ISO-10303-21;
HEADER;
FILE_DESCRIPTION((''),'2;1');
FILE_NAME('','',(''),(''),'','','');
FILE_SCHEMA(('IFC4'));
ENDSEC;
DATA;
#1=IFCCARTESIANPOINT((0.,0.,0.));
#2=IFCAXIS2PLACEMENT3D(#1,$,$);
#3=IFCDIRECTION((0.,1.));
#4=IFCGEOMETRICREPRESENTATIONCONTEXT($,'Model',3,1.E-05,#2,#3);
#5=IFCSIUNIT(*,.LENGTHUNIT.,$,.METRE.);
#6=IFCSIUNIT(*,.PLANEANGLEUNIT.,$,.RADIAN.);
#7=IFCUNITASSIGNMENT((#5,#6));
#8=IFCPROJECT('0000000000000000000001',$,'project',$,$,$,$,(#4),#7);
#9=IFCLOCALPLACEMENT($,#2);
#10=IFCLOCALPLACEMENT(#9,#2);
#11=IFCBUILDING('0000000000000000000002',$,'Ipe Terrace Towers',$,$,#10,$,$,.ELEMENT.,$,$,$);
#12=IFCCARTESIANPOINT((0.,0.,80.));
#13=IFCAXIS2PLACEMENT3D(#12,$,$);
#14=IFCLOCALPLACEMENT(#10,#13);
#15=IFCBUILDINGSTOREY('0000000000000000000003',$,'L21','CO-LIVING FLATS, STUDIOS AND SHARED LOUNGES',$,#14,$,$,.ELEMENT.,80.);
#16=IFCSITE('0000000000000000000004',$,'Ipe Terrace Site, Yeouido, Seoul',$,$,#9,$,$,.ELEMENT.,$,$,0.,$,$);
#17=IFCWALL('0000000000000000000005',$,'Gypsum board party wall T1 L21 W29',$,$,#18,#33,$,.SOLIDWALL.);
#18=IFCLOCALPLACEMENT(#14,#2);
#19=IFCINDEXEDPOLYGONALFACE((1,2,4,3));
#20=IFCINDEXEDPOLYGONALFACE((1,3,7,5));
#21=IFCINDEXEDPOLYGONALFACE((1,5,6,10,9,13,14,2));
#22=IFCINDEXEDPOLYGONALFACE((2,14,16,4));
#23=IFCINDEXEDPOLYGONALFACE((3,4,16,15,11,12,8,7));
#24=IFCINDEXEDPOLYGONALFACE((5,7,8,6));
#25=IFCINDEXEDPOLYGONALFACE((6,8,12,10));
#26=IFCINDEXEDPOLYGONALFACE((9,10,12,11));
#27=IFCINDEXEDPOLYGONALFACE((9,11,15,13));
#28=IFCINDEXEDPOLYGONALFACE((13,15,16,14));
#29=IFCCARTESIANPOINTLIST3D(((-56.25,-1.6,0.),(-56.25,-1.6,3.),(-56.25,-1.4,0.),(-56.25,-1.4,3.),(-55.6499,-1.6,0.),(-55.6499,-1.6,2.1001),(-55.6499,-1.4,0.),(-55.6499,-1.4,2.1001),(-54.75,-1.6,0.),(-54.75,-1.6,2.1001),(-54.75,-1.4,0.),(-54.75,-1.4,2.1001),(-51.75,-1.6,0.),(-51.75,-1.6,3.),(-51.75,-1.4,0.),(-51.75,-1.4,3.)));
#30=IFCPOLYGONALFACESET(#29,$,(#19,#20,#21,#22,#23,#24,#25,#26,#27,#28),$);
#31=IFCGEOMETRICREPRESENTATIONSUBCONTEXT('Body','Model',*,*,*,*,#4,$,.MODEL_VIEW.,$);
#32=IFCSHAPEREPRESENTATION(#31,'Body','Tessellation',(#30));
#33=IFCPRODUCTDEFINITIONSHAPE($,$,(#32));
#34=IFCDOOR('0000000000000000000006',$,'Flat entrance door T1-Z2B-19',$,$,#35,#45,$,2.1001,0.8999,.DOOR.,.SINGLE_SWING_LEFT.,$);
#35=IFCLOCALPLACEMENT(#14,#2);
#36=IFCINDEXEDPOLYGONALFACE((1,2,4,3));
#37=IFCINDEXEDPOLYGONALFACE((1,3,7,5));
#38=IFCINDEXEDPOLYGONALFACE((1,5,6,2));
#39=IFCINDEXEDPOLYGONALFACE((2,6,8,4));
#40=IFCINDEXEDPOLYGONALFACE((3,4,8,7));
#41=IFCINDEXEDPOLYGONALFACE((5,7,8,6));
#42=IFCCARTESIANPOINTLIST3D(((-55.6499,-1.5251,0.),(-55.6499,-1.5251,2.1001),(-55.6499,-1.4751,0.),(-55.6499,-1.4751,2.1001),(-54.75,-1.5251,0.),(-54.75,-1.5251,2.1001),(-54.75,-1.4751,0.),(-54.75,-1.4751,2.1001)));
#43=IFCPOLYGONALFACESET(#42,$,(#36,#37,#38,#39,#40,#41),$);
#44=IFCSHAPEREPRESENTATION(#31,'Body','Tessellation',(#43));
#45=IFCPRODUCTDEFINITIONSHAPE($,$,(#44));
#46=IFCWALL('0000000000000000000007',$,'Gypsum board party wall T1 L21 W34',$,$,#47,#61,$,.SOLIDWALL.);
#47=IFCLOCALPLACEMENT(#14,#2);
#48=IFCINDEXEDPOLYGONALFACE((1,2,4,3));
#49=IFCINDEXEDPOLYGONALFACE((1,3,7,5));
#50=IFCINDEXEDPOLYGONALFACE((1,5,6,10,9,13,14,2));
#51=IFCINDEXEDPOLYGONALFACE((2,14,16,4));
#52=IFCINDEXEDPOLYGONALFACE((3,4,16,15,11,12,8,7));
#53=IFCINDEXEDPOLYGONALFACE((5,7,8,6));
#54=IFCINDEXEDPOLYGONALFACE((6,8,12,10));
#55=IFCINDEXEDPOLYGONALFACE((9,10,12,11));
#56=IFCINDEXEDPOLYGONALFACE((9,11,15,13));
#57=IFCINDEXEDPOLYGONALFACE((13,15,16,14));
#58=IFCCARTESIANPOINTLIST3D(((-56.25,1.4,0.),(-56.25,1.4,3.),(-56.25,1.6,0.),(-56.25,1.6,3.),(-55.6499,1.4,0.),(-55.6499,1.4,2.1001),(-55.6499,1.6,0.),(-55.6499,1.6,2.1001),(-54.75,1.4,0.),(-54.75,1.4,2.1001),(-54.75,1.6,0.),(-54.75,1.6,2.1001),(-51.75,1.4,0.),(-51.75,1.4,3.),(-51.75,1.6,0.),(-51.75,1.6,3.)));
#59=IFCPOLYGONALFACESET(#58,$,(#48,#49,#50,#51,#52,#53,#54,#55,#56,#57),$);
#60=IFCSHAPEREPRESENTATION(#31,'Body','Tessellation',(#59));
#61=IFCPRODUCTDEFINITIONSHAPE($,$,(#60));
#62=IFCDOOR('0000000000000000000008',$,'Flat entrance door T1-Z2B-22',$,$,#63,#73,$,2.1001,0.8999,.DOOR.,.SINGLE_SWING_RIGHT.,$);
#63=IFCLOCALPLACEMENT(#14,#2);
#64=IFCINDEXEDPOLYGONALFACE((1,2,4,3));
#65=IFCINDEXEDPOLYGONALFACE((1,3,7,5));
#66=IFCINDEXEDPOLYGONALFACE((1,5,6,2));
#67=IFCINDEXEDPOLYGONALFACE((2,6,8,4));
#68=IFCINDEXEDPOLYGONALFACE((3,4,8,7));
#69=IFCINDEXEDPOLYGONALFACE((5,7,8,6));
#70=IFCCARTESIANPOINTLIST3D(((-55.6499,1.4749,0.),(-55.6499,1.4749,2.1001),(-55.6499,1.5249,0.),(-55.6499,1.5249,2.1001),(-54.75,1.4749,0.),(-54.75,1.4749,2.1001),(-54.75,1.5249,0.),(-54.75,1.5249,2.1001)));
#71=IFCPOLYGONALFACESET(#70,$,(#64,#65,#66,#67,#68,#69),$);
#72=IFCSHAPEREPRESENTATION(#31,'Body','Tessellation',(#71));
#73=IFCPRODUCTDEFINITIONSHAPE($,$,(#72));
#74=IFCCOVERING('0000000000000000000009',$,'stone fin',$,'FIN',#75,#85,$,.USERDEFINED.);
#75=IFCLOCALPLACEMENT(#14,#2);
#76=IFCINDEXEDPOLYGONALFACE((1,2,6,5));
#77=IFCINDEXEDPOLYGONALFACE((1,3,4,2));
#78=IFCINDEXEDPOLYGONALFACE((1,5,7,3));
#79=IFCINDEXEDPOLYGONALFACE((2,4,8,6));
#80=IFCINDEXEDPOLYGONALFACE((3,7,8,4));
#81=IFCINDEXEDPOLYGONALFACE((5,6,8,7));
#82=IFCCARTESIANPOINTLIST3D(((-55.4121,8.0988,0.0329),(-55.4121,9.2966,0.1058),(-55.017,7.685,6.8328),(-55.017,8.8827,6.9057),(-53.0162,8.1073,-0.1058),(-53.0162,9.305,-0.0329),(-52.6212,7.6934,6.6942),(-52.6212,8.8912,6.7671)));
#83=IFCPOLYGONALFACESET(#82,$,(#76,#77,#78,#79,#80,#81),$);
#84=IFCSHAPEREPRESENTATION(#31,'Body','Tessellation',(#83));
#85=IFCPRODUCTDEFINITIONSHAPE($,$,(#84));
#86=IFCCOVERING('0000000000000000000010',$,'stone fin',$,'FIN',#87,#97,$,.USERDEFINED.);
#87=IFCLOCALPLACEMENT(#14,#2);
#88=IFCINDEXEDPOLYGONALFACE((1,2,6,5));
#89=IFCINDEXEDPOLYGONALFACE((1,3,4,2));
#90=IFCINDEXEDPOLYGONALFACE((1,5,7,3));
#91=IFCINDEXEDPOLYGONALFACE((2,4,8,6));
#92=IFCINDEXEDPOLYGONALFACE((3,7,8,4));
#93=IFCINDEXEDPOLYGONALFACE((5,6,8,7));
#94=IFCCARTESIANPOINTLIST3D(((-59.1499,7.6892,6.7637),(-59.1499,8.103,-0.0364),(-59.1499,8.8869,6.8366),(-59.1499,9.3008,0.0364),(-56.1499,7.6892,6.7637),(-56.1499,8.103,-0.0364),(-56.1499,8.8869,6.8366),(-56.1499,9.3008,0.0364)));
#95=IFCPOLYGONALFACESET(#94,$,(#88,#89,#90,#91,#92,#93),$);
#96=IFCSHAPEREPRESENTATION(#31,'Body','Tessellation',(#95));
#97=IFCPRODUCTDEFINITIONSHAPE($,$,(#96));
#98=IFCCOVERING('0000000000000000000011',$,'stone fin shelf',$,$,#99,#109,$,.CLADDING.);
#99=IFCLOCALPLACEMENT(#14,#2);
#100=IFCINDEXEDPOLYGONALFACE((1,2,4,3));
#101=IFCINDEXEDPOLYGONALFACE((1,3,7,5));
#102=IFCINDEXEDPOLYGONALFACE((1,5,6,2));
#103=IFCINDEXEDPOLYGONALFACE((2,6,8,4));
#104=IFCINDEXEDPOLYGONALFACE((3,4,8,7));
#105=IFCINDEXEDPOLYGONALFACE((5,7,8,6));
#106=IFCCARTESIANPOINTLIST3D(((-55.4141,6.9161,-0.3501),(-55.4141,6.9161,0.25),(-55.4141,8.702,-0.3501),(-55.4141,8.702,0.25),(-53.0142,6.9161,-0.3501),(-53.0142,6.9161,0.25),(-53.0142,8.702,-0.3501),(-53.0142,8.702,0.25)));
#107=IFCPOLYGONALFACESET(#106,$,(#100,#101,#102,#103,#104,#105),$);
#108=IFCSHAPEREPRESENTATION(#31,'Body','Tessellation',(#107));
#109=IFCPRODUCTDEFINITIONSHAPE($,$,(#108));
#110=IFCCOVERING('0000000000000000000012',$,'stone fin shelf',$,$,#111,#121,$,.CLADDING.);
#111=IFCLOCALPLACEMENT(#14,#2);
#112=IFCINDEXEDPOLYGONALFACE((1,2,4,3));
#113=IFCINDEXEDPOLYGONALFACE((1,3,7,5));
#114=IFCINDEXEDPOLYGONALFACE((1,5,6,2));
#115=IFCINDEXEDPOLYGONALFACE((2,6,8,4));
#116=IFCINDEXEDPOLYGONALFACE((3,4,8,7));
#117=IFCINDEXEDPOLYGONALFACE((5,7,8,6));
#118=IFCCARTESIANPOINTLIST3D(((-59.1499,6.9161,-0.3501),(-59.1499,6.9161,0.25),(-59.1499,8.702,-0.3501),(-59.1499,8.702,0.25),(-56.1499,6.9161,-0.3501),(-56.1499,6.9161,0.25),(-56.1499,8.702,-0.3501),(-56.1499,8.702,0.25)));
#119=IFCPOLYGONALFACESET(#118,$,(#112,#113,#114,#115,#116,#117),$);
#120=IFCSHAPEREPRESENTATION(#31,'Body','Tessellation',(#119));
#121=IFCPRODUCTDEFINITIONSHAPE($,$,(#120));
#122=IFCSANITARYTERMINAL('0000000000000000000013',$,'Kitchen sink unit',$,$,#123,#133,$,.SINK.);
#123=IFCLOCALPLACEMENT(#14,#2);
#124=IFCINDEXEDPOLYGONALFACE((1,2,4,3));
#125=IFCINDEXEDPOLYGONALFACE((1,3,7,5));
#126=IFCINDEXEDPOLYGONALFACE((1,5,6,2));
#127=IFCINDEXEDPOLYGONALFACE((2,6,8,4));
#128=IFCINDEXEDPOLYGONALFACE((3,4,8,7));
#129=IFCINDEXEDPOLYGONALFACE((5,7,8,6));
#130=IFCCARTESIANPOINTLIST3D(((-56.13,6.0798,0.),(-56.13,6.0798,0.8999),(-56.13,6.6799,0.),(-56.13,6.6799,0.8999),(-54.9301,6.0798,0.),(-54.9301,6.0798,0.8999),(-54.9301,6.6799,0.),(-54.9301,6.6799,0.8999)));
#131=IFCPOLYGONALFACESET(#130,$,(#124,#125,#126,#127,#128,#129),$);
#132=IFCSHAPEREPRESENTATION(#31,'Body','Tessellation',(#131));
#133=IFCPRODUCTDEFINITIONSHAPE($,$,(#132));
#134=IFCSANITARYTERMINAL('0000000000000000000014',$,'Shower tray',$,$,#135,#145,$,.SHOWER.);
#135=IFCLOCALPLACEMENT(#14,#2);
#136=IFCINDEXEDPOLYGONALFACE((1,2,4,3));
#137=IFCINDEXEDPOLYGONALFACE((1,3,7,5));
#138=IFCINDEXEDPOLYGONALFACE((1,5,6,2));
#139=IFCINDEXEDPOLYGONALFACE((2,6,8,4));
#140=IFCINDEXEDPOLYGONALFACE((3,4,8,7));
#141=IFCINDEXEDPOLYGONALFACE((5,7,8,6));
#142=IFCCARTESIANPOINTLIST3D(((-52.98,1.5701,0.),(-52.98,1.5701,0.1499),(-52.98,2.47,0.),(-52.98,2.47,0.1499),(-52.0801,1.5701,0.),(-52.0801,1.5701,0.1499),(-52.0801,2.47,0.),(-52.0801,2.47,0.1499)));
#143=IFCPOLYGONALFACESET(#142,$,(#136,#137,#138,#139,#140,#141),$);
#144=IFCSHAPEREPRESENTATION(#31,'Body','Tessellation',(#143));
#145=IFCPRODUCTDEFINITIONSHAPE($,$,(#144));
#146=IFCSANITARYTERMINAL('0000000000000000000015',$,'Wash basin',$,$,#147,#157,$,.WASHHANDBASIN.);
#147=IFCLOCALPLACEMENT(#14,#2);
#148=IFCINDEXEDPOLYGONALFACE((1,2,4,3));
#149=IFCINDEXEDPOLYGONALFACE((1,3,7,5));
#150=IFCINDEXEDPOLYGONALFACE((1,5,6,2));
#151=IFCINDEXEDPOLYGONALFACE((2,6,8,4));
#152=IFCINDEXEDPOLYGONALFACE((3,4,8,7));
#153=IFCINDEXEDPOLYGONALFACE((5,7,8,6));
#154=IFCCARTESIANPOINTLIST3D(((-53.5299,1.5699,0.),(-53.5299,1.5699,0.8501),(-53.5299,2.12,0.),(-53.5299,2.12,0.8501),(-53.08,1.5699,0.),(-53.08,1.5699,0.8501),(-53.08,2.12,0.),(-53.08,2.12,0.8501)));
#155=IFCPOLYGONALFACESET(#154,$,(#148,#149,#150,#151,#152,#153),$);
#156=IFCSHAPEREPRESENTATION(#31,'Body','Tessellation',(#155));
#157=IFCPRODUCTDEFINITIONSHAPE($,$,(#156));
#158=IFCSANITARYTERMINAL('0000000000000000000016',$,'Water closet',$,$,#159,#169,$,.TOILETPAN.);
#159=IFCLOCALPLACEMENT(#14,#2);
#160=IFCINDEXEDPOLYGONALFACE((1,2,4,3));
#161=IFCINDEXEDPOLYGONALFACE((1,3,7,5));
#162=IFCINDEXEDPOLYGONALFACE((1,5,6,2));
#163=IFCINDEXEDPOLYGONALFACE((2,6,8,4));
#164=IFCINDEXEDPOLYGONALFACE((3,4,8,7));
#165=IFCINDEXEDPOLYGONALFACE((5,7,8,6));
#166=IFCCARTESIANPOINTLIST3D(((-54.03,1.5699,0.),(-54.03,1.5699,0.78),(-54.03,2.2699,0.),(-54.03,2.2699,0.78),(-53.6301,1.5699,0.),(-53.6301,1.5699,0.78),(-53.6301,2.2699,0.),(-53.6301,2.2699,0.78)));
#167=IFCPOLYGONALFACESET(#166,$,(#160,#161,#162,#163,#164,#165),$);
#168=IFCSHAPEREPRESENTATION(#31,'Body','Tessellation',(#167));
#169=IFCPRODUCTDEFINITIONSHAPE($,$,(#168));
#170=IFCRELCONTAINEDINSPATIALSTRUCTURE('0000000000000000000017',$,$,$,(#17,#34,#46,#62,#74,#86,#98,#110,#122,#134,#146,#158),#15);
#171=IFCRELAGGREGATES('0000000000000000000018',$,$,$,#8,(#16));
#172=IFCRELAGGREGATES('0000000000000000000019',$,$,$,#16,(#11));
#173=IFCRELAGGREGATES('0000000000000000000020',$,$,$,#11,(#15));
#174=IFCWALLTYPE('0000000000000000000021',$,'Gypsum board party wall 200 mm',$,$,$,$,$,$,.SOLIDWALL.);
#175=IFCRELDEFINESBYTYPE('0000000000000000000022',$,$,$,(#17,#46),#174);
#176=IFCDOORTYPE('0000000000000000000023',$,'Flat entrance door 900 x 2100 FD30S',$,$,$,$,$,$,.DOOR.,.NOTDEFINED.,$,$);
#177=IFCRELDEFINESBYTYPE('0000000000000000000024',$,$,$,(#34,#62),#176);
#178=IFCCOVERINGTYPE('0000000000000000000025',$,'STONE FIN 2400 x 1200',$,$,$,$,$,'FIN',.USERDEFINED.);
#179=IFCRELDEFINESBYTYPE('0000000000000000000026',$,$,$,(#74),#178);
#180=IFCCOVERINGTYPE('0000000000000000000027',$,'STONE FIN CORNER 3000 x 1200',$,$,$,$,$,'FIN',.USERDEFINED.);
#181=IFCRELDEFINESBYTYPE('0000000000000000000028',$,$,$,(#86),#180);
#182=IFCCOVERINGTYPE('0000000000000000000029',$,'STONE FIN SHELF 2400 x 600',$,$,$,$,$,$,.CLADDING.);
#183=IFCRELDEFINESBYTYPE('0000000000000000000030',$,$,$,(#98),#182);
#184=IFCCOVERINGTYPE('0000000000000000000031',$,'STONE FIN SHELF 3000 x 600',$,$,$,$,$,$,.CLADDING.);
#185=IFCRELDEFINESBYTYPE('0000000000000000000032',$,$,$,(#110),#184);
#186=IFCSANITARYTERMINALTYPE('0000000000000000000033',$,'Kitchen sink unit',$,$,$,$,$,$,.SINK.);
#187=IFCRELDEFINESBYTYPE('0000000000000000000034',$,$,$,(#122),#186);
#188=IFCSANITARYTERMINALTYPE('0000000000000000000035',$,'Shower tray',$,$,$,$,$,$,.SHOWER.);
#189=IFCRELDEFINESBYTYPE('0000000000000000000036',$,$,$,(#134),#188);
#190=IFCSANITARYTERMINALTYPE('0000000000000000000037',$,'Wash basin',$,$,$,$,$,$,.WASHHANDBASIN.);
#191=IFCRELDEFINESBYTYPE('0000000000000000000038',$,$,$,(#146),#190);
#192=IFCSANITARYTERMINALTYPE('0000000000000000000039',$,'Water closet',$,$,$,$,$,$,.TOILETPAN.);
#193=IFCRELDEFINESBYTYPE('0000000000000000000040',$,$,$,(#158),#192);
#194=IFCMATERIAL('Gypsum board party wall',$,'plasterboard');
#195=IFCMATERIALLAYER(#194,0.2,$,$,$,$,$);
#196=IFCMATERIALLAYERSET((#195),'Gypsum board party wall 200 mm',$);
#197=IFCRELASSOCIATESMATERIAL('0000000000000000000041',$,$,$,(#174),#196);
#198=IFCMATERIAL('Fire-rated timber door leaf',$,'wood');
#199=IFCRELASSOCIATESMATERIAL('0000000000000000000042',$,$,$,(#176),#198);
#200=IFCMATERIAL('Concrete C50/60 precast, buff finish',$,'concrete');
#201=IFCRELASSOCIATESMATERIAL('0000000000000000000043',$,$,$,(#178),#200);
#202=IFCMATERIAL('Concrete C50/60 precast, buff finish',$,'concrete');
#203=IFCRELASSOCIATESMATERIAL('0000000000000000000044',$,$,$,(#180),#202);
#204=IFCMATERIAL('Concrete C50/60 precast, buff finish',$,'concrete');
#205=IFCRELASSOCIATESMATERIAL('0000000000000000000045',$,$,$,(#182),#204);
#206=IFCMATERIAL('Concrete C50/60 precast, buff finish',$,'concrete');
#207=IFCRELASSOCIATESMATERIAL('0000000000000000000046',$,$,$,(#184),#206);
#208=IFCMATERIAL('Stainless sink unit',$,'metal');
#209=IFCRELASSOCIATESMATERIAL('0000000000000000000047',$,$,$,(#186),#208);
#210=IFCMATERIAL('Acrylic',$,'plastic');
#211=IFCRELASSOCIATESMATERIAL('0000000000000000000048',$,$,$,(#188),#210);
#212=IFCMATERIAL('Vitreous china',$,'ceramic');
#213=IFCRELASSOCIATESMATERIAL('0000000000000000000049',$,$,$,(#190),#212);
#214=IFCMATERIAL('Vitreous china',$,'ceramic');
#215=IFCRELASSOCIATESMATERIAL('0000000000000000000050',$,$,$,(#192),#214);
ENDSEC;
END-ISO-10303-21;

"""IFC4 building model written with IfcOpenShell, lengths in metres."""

from ifc_helpers import new_model, si_unit, direction, frame, frame_2d, origin, origin_2d, place, context, subcontext, project, spatial, rectangle, extrude, material, layer, layer_set, material_profile, profile_set, type_object, element, fill, save


model = new_model("IFC4")

# Units and contexts
model_context = context("Model", 3, precision=1e-05, world=origin(), true_north=direction((0.0, 1.0)))
body_context = subcontext(model_context, "Body", "Model", "MODEL_VIEW")
ifc_project = project(units=[si_unit("LENGTHUNIT", "METRE"), si_unit("PLANEANGLEUNIT", "RADIAN")], contexts=[model_context])

# Site, building, storey
site_placement = place(None, origin())
site = spatial("IfcSite", under=ifc_project, at=site_placement, Name="Ipe Terrace Site, Yeouido, Seoul", CompositionType="ELEMENT", RefElevation=0.0)
building_placement = place(site_placement, origin())
building = spatial("IfcBuilding", under=site, at=building_placement, Name="Ipe Terrace Towers", CompositionType="ELEMENT")
storey_placement = place(building_placement, frame((0.0, 0.0, 80.0)))
storey = spatial("IfcBuildingStorey", under=building, at=storey_placement, Name="L21", Description="CO-LIVING FLATS, STUDIOS AND SHARED LOUNGES", CompositionType="ELEMENT", Elevation=80.0)

# Walls, openings, doors
ifc_material_1 = material(Name="Gypsum board party wall", Category="plasterboard")
ifc_layer_1 = layer(ifc_material_1, 0.2)
ifc_layer_set_1 = layer_set([ifc_layer_1], Name="Gypsum board party wall 200 mm")
wall_type_1 = type_object("IfcWallType", Name="Gypsum board party wall 200 mm", PredefinedType="SOLIDWALL", material=ifc_layer_set_1)
wall_1_placement = place(storey_placement, frame((-56.25, -1.5, 0.0), z_axis=(0.0, 0.0, 1.0), x_axis=(1.0, 0.0, 0.0)))
wall_1 = element("IfcWall", 1, at=wall_1_placement, inside=storey, type_object=wall_type_1, Name="Gypsum board party wall T1 L21 W29", PredefinedType="SOLIDWALL", context=body_context, shape_type="SweptSolid", body=[
    extrude(rectangle(XDim=4.5, YDim=0.2, at=frame_2d((2.25, 0.0))), origin(), (0.0, 0.0, 1.0), 3.0),
])
opening_1_placement = place(wall_1_placement, frame((0.6001, 0.0, 0.0)))
opening_1 = element("IfcOpeningElement", 2, at=opening_1_placement, cuts=wall_1, PredefinedType="OPENING", context=body_context, shape_type="SweptSolid", body=[
    extrude(rectangle(XDim=0.8999, YDim=2.1001, at=frame_2d((0.45, 1.05))), frame((0.0, 0.1099, 0.0), z_axis=(0.0, -1.0, 0.0), x_axis=(1.0, 0.0, 0.0)), (0.0, 0.0, 1.0), 0.22),
])
ifc_material_2 = material(Name="Fire-rated timber door leaf", Category="wood")
door_type_1 = type_object("IfcDoorType", Name="Flat entrance door 900 x 2100 FD30S", OperationType="NOTDEFINED", PredefinedType="DOOR", material=ifc_material_2)
door_1_placement = place(opening_1_placement, origin())
door_1 = element("IfcDoor", 3, at=door_1_placement, inside=storey, type_object=door_type_1, Name="Flat entrance door T1-Z2B-19", OperationType="SINGLE_SWING_LEFT", OverallHeight=2.1001, OverallWidth=0.8999, PredefinedType="DOOR", context=body_context, shape_type="SweptSolid", body=[
    extrude(rectangle(XDim=0.8999, YDim=2.1001, at=frame_2d((0.45, 1.05))), frame((0.0, 0.0249, 0.0), z_axis=(0.0, -1.0, 0.0), x_axis=(1.0, 0.0, 0.0)), (0.0, 0.0, 1.0), 0.05),
])
fill(opening_1, door_1)
wall_2_placement = place(storey_placement, frame((-56.25, 1.5, 0.0), z_axis=(0.0, 0.0, 1.0), x_axis=(1.0, 0.0, 0.0)))
wall_2 = element("IfcWall", 4, at=wall_2_placement, inside=storey, type_object=wall_type_1, Name="Gypsum board party wall T1 L21 W34", PredefinedType="SOLIDWALL", context=body_context, shape_type="SweptSolid", body=[
    extrude(rectangle(XDim=4.5, YDim=0.2, at=frame_2d((2.25, 0.0))), origin(), (0.0, 0.0, 1.0), 3.0),
])
opening_2_placement = place(wall_2_placement, frame((0.6001, 0.0, 0.0)))
opening_2 = element("IfcOpeningElement", 5, at=opening_2_placement, cuts=wall_2, PredefinedType="OPENING", context=body_context, shape_type="SweptSolid", body=[
    extrude(rectangle(XDim=0.8999, YDim=2.1001, at=frame_2d((0.45, 1.05))), frame((0.0, 0.1099, 0.0), z_axis=(0.0, -1.0, 0.0), x_axis=(1.0, 0.0, 0.0)), (0.0, 0.0, 1.0), 0.22),
])
door_2_placement = place(opening_2_placement, origin())
door_2 = element("IfcDoor", 6, at=door_2_placement, inside=storey, type_object=door_type_1, Name="Flat entrance door T1-Z2B-22", OperationType="SINGLE_SWING_RIGHT", OverallHeight=2.1001, OverallWidth=0.8999, PredefinedType="DOOR", context=body_context, shape_type="SweptSolid", body=[
    extrude(rectangle(XDim=0.8999, YDim=2.1001, at=frame_2d((0.45, 1.05))), frame((0.0, 0.0249, 0.0), z_axis=(0.0, -1.0, 0.0), x_axis=(1.0, 0.0, 0.0)), (0.0, 0.0, 1.0), 0.05),
])
fill(opening_2, door_2)

# Coverings
ifc_material_3 = material(Name="Concrete C50/60 precast, buff finish", Category="concrete")
ifc_material_profile_1 = material_profile(ifc_material_3, rectangle(XDim=2.3999, YDim=1.2, at=origin_2d()), Name="STONE FIN 2400 x 1200")
ifc_profile_set_1 = profile_set([ifc_material_profile_1], Name="Concrete C50/60 precast, buff finish")
covering_type_1 = type_object("IfcCoveringType", Name="STONE FIN 2400 x 1200", ElementType="FIN", PredefinedType="USERDEFINED", material=ifc_profile_set_1)
covering_1_placement = place(storey_placement, frame((-54.2141, 8.7019, 0.0), z_axis=(0.057886, -0.060641, 0.99648), x_axis=(-0.998323, -0.003516, 0.057779)))
element("IfcCovering", 7, at=covering_1_placement, inside=storey, type_object=covering_type_1, Name="stone fin", ObjectType="FIN", PredefinedType="USERDEFINED", context=body_context, shape_type="SweptSolid", body=[
    extrude(rectangle(XDim=2.3999, YDim=1.2, at=origin_2d()), origin(), (0.0, 0.0, 1.0), 6.824),
])
ifc_material_4 = material(Name="Concrete C50/60 precast, buff finish", Category="concrete")
ifc_material_profile_2 = material_profile(ifc_material_4, rectangle(XDim=3.0, YDim=1.2, at=origin_2d()), Name="STONE FIN CORNER 3000 x 1200")
ifc_profile_set_2 = profile_set([ifc_material_profile_2], Name="Concrete C50/60 precast, buff finish")
covering_type_2 = type_object("IfcCoveringType", Name="STONE FIN CORNER 3000 x 1200", ElementType="FIN", PredefinedType="USERDEFINED", material=ifc_profile_set_2)
covering_2_placement = place(storey_placement, frame((-57.6499, 8.7019, 0.0), z_axis=(0.0, -0.060743, 0.998153), x_axis=(-1.0, 0.0, 0.0)))
element("IfcCovering", 8, at=covering_2_placement, inside=storey, type_object=covering_type_2, Name="stone fin", ObjectType="FIN", PredefinedType="USERDEFINED", context=body_context, shape_type="SweptSolid", body=[
    extrude(rectangle(XDim=3.0, YDim=1.2, at=origin_2d()), origin(), (0.0, 0.0, 1.0), 6.8127),
])
ifc_material_5 = material(Name="Concrete C50/60 precast, buff finish", Category="concrete")
covering_type_3 = type_object("IfcCoveringType", Name="STONE FIN SHELF 2400 x 600", PredefinedType="CLADDING", material=ifc_material_5)
covering_3_placement = place(storey_placement, frame((-54.2141, 7.8091, -0.3501), z_axis=(0.0, 0.0, 1.0), x_axis=(-1.0, 0.0, 0.0)))
element("IfcCovering", 9, at=covering_3_placement, inside=storey, type_object=covering_type_3, Name="stone fin shelf", PredefinedType="CLADDING", context=body_context, shape_type="SweptSolid", body=[
    extrude(rectangle(XDim=2.3999, YDim=1.7859, at=origin_2d()), origin(), (0.0, 0.0, 1.0), 0.6001),
])
ifc_material_6 = material(Name="Concrete C50/60 precast, buff finish", Category="concrete")
covering_type_4 = type_object("IfcCoveringType", Name="STONE FIN SHELF 3000 x 600", PredefinedType="CLADDING", material=ifc_material_6)
covering_4_placement = place(storey_placement, frame((-57.6499, 7.8091, -0.3501), z_axis=(0.0, 0.0, 1.0), x_axis=(-1.0, 0.0, 0.0)))
element("IfcCovering", 10, at=covering_4_placement, inside=storey, type_object=covering_type_4, Name="stone fin shelf", PredefinedType="CLADDING", context=body_context, shape_type="SweptSolid", body=[
    extrude(rectangle(XDim=3.0, YDim=1.7859, at=origin_2d()), origin(), (0.0, 0.0, 1.0), 0.6001),
])

# Sanitary terminals
ifc_material_7 = material(Name="Stainless sink unit", Category="metal")
sanitary_terminal_type_1 = type_object("IfcSanitaryTerminalType", Name="Kitchen sink unit", PredefinedType="SINK", material=ifc_material_7)
sanitary_terminal_1_placement = place(storey_placement, frame((-55.53, 6.3799, 0.0), z_axis=(0.0, 0.0, 1.0), x_axis=(1.0, 0.0, 0.0)))
element("IfcSanitaryTerminal", 11, at=sanitary_terminal_1_placement, inside=storey, type_object=sanitary_terminal_type_1, Name="Kitchen sink unit", PredefinedType="SINK", context=body_context, shape_type="SweptSolid", body=[
    extrude(rectangle(XDim=1.2, YDim=0.6001, at=origin_2d()), origin(), (0.0, 0.0, 1.0), 0.8999),
])
ifc_material_8 = material(Name="Acrylic", Category="plastic")
sanitary_terminal_type_2 = type_object("IfcSanitaryTerminalType", Name="Shower tray", PredefinedType="SHOWER", material=ifc_material_8)
sanitary_terminal_2_placement = place(storey_placement, frame((-52.53, 2.02, 0.0), z_axis=(0.0, 0.0, 1.0), x_axis=(0.0, 1.0, 0.0)))
element("IfcSanitaryTerminal", 12, at=sanitary_terminal_2_placement, inside=storey, type_object=sanitary_terminal_type_2, Name="Shower tray", PredefinedType="SHOWER", context=body_context, shape_type="SweptSolid", body=[
    extrude(rectangle(XDim=0.8999, YDim=0.8999, at=origin_2d()), origin(), (0.0, 0.0, 1.0), 0.1499),
])
ifc_material_9 = material(Name="Vitreous china", Category="ceramic")
sanitary_terminal_type_3 = type_object("IfcSanitaryTerminalType", Name="Wash basin", PredefinedType="WASHHANDBASIN", material=ifc_material_9)
sanitary_terminal_3_placement = place(storey_placement, frame((-53.3049, 1.845, 0.0), z_axis=(0.0, 0.0, 1.0), x_axis=(0.0, 1.0, 0.0)))
element("IfcSanitaryTerminal", 13, at=sanitary_terminal_3_placement, inside=storey, type_object=sanitary_terminal_type_3, Name="Wash basin", PredefinedType="WASHHANDBASIN", context=body_context, shape_type="SweptSolid", body=[
    extrude(rectangle(XDim=0.55, YDim=0.45, at=origin_2d()), origin(), (0.0, 0.0, 1.0), 0.8501),
])
ifc_material_10 = material(Name="Vitreous china", Category="ceramic")
sanitary_terminal_type_4 = type_object("IfcSanitaryTerminalType", Name="Water closet", PredefinedType="TOILETPAN", material=ifc_material_10)
sanitary_terminal_4_placement = place(storey_placement, frame((-53.8301, 1.9199, 0.0), z_axis=(0.0, 0.0, 1.0), x_axis=(0.0, 1.0, 0.0)))
element("IfcSanitaryTerminal", 14, at=sanitary_terminal_4_placement, inside=storey, type_object=sanitary_terminal_type_4, Name="Water closet", PredefinedType="TOILETPAN", context=body_context, shape_type="SweptSolid", body=[
    extrude(rectangle(XDim=0.7, YDim=0.3999, at=origin_2d()), origin(), (0.0, 0.0, 1.0), 0.78),
])

save(model, "model.ifc")
